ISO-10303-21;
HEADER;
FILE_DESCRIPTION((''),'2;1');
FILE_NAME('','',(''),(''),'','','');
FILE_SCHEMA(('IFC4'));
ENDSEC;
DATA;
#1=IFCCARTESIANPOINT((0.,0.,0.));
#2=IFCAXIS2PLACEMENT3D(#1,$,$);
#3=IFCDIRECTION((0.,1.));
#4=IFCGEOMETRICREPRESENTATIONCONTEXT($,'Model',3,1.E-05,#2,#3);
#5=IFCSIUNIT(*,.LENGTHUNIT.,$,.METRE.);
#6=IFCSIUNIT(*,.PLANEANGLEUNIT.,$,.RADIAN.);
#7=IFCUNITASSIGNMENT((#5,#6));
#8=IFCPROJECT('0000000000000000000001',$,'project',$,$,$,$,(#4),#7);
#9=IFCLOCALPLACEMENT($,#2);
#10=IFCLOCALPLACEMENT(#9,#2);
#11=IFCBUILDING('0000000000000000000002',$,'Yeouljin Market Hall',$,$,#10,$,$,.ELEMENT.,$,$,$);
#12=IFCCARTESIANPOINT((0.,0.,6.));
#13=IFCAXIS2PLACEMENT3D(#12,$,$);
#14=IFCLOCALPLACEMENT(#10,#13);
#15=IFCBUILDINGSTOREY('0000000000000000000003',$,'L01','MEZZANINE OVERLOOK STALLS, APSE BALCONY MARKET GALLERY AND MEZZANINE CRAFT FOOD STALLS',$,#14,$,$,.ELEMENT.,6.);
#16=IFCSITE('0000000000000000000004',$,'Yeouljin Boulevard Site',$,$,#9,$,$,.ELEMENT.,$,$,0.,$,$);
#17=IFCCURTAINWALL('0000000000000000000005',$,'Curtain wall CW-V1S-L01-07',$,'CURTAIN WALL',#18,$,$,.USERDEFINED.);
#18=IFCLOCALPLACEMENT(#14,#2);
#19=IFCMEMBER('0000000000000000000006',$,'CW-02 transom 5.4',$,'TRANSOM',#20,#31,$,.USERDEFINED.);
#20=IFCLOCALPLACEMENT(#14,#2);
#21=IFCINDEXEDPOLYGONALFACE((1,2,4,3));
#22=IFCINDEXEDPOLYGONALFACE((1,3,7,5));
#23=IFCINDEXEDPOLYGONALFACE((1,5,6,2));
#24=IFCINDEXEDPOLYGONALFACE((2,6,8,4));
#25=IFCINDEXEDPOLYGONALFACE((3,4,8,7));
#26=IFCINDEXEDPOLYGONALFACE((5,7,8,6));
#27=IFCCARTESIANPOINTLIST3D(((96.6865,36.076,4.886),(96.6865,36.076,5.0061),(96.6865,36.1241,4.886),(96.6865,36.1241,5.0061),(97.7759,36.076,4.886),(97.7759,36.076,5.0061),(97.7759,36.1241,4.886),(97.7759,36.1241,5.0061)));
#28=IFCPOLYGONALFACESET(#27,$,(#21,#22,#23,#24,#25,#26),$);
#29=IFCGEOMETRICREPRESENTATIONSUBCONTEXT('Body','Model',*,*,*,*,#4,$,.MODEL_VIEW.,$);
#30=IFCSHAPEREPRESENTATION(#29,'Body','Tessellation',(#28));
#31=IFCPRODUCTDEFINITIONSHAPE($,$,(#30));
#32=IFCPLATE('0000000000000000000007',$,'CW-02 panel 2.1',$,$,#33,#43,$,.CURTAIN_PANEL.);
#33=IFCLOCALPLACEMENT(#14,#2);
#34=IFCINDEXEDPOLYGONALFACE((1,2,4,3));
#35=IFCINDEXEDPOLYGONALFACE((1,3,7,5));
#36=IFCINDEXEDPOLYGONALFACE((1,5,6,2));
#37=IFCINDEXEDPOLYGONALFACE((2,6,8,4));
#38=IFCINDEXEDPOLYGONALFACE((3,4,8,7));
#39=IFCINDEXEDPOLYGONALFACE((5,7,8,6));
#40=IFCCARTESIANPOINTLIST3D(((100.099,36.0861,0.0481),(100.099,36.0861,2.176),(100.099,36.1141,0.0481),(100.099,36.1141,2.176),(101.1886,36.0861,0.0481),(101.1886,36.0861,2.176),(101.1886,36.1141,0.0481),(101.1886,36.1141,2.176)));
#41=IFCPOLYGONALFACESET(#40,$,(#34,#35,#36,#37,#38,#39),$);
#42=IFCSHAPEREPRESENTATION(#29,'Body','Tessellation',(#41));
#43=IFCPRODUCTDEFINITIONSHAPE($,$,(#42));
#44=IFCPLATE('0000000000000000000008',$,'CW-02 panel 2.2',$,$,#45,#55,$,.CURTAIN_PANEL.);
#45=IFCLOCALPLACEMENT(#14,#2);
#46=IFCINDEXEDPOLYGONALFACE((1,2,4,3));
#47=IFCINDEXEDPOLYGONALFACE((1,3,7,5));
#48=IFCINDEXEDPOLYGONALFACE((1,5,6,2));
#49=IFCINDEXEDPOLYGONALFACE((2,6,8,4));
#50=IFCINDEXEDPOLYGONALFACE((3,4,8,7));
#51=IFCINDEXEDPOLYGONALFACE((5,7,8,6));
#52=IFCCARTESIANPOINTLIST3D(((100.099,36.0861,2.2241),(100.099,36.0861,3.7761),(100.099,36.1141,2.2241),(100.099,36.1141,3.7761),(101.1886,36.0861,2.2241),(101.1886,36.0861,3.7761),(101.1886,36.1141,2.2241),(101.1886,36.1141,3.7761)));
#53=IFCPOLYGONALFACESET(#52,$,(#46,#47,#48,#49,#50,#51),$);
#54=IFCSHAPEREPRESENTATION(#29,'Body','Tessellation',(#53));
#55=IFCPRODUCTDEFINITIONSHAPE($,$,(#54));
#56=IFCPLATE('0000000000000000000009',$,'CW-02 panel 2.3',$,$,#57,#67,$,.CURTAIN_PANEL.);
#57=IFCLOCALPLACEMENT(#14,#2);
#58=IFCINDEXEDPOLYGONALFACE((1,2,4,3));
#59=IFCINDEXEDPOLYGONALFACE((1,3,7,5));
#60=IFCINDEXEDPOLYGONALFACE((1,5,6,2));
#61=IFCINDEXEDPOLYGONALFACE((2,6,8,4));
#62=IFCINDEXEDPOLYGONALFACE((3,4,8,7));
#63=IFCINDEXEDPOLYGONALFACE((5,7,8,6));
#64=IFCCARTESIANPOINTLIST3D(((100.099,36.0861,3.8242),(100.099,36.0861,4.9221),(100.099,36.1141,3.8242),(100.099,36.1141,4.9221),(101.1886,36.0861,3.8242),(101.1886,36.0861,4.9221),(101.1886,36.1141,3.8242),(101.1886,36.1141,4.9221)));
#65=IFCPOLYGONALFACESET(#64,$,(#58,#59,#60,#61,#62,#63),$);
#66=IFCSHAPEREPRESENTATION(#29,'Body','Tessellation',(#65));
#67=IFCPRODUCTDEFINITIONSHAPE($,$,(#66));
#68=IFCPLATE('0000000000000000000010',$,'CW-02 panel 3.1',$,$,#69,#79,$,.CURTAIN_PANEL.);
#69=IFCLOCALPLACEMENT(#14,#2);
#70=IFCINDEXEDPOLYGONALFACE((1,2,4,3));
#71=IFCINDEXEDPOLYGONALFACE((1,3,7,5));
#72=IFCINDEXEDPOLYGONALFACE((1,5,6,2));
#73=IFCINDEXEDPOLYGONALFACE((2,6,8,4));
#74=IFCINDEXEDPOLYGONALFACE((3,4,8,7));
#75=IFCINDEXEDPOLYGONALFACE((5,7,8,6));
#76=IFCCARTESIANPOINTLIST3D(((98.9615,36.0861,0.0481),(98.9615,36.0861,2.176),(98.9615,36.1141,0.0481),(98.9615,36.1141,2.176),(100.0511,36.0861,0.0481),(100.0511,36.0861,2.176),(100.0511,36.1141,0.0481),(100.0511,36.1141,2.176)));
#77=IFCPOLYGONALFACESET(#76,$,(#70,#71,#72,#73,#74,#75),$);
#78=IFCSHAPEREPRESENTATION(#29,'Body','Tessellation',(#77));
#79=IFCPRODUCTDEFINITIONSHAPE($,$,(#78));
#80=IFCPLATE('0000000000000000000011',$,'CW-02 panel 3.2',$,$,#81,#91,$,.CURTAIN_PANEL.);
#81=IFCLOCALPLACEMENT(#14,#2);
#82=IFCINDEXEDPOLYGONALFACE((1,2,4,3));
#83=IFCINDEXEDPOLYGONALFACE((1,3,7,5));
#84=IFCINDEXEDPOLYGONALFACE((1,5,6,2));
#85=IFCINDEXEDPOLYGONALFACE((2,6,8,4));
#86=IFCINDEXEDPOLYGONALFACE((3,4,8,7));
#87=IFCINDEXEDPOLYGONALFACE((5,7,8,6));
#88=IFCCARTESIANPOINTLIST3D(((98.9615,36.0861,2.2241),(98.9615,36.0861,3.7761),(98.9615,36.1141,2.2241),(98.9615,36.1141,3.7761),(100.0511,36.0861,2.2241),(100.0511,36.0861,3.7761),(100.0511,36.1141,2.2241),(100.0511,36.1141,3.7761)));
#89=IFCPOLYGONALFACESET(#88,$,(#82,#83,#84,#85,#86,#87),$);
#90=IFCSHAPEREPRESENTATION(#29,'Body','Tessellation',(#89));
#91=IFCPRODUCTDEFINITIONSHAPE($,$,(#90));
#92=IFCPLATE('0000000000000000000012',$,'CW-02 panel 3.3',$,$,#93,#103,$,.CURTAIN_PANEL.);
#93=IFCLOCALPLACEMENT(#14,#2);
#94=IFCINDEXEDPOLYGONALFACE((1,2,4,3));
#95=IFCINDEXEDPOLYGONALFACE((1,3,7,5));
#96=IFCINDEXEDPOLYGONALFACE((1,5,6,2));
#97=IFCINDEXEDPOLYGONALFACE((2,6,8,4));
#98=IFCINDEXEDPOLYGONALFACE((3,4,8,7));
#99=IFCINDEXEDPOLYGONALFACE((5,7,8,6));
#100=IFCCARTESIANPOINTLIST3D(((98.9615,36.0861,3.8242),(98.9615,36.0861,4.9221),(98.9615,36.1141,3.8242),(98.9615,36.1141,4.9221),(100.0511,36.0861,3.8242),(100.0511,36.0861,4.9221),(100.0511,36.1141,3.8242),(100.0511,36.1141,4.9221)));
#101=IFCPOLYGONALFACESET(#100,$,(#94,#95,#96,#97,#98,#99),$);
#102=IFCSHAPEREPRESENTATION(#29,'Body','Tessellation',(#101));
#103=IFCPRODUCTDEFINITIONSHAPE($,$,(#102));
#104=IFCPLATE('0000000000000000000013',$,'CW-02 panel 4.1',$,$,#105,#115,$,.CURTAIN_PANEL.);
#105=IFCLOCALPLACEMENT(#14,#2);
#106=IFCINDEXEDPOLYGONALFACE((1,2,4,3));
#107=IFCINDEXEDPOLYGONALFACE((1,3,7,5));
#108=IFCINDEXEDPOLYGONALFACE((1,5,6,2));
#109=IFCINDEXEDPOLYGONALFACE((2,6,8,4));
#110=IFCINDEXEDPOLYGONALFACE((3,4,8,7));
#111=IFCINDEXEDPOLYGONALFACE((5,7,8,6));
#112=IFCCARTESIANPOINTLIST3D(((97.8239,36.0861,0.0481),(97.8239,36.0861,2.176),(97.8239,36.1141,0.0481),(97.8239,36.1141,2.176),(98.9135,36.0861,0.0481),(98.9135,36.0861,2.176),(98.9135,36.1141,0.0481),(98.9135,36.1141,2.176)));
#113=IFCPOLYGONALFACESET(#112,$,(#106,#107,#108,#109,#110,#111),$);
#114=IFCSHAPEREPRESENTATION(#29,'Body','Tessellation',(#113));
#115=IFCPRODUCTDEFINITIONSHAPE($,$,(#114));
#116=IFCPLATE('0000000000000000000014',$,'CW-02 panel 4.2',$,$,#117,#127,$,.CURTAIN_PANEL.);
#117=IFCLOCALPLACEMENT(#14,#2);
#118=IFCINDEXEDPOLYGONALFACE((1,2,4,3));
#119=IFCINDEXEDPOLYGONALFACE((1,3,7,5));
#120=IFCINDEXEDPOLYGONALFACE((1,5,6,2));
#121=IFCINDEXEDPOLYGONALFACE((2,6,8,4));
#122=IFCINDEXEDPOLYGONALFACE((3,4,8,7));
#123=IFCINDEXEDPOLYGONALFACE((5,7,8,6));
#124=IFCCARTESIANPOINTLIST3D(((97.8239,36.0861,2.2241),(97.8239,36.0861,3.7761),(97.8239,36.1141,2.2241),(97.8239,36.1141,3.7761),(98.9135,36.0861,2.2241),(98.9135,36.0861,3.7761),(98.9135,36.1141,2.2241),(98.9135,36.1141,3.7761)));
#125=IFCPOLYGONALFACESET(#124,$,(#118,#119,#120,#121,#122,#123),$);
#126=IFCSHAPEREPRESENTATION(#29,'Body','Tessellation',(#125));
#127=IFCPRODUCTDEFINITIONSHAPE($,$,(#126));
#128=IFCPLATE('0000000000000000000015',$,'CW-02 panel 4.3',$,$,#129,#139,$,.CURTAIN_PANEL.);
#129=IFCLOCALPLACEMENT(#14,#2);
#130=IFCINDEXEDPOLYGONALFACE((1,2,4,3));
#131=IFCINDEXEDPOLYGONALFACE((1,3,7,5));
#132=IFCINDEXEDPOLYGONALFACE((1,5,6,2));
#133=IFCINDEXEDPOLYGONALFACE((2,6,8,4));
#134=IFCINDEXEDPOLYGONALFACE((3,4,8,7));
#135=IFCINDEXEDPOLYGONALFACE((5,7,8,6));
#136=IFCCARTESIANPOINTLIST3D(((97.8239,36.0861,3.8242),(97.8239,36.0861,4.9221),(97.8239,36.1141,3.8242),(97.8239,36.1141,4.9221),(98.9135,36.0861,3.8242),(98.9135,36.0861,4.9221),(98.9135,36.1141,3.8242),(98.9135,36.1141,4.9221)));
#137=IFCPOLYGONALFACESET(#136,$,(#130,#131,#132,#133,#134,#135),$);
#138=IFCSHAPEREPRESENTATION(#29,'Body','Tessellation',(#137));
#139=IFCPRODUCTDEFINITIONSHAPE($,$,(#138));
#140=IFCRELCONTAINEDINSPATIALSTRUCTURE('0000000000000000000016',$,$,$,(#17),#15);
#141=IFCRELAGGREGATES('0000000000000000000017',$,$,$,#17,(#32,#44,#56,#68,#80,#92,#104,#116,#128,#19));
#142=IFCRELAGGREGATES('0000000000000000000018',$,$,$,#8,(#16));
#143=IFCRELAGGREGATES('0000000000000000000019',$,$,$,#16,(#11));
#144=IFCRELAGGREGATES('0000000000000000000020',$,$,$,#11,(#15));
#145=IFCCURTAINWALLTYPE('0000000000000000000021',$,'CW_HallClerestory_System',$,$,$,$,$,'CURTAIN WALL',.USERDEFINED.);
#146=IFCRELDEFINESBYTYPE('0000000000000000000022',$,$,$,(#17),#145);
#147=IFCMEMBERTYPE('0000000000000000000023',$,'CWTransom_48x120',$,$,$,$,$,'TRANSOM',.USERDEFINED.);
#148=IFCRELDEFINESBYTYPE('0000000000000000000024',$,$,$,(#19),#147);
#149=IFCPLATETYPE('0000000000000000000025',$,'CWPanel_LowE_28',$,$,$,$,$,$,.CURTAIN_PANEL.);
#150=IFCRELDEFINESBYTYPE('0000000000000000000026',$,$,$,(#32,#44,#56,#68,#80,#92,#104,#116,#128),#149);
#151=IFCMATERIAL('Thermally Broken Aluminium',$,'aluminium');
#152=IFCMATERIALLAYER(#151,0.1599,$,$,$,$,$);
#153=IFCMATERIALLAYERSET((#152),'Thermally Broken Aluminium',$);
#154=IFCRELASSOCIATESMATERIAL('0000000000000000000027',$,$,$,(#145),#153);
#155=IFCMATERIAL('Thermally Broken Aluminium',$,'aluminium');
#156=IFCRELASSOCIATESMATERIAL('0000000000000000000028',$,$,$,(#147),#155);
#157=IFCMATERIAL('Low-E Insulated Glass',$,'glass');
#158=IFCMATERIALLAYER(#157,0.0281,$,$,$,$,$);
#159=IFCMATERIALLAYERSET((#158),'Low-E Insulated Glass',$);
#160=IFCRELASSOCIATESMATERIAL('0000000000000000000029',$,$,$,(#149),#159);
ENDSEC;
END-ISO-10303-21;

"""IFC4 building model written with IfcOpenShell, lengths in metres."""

from ifc_helpers import new_model, si_unit, direction, frame, origin, origin_2d, place, context, subcontext, project, spatial, rectangle, extrude, material, layer, layer_set, material_profile, profile_set, type_object, element, aggregate, save


model = new_model("IFC4")

# Units and contexts
model_context = context("Model", 3, precision=1e-05, world=origin(), true_north=direction((0.0, 1.0)))
body_context = subcontext(model_context, "Body", "Model", "MODEL_VIEW")
ifc_project = project(units=[si_unit("LENGTHUNIT", "METRE"), si_unit("PLANEANGLEUNIT", "RADIAN")], contexts=[model_context])

# Site, building, storey
site_placement = place(None, origin())
site = spatial("IfcSite", under=ifc_project, at=site_placement, Name="Yeouljin Boulevard Site", CompositionType="ELEMENT", RefElevation=0.0)
building_placement = place(site_placement, origin())
building = spatial("IfcBuilding", under=site, at=building_placement, Name="Yeouljin Market Hall", CompositionType="ELEMENT")
storey_placement = place(building_placement, frame((0.0, 0.0, 6.0)))
storey = spatial("IfcBuildingStorey", under=building, at=storey_placement, Name="L01", Description="MEZZANINE OVERLOOK STALLS, APSE BALCONY MARKET GALLERY AND MEZZANINE CRAFT FOOD STALLS", CompositionType="ELEMENT", Elevation=6.0)

# Curtain wall, member, plates
ifc_material_1 = material(Name="Thermally Broken Aluminium", Category="aluminium")
ifc_layer_1 = layer(ifc_material_1, 0.1599)
ifc_layer_set_1 = layer_set([ifc_layer_1], Name="Thermally Broken Aluminium")
curtain_wall_type = type_object("IfcCurtainWallType", Name="CW_HallClerestory_System", ElementType="CURTAIN WALL", PredefinedType="USERDEFINED", material=ifc_layer_set_1)
curtain_wall_placement = place(storey_placement, origin())
curtain_wall = element("IfcCurtainWall", 1, at=curtain_wall_placement, inside=storey, type_object=curtain_wall_type, Name="Curtain wall CW-V1S-L01-07", ObjectType="CURTAIN WALL", PredefinedType="USERDEFINED")
ifc_material_2 = material(Name="Thermally Broken Aluminium", Category="aluminium")
ifc_material_profile_1 = material_profile(ifc_material_2, rectangle(XDim=0.0481, YDim=0.1201, at=origin_2d()), Name="CW-TRAN-48x120")
ifc_profile_set_1 = profile_set([ifc_material_profile_1], Name="Thermally Broken Aluminium")
member_type_1 = type_object("IfcMemberType", Name="CWTransom_48x120", ElementType="TRANSOM", PredefinedType="USERDEFINED", material=ifc_profile_set_1)
member_1_placement = place(storey_placement, frame((97.7759, 36.1001, 4.946), z_axis=(-1.0, 0.0, 0.0), x_axis=(0.0, -1.0, 0.0)))
member_1 = element("IfcMember", 2, at=member_1_placement, type_object=member_type_1, Name="CW-02 transom 5.4", ObjectType="TRANSOM", PredefinedType="USERDEFINED", context=body_context, shape_type="SweptSolid", body=[
    extrude(rectangle(XDim=0.0481, YDim=0.1201, at=origin_2d()), origin(), (0.0, 0.0, 1.0), 1.0894),
])
ifc_material_3 = material(Name="Low-E Insulated Glass", Category="glass")
ifc_layer_2 = layer(ifc_material_3, 0.0281)
ifc_layer_set_2 = layer_set([ifc_layer_2], Name="Low-E Insulated Glass")
plate_type = type_object("IfcPlateType", Name="CWPanel_LowE_28", PredefinedType="CURTAIN_PANEL", material=ifc_layer_set_2)
plate_1_placement = place(storey_placement, frame((100.6438, 36.1001, 0.0481), z_axis=(0.0, 0.0, 1.0), x_axis=(-1.0, 0.0, 0.0)))
plate_1 = element("IfcPlate", 3, at=plate_1_placement, type_object=plate_type, Name="CW-02 panel 2.1", PredefinedType="CURTAIN_PANEL", context=body_context, shape_type="SweptSolid", body=[
    extrude(rectangle(XDim=1.0896, YDim=0.0281, at=origin_2d()), origin(), (0.0, 0.0, 1.0), 2.1279),
])
plate_2_placement = place(storey_placement, frame((100.6438, 36.1001, 2.2241), z_axis=(0.0, 0.0, 1.0), x_axis=(-1.0, 0.0, 0.0)))
plate_2 = element("IfcPlate", 4, at=plate_2_placement, type_object=plate_type, Name="CW-02 panel 2.2", PredefinedType="CURTAIN_PANEL", context=body_context, shape_type="SweptSolid", body=[
    extrude(rectangle(XDim=1.0896, YDim=0.0281, at=origin_2d()), origin(), (0.0, 0.0, 1.0), 1.552),
])
plate_3_placement = place(storey_placement, frame((100.6438, 36.1001, 3.8242), z_axis=(0.0, 0.0, 1.0), x_axis=(-1.0, 0.0, 0.0)))
plate_3 = element("IfcPlate", 5, at=plate_3_placement, type_object=plate_type, Name="CW-02 panel 2.3", PredefinedType="CURTAIN_PANEL", context=body_context, shape_type="SweptSolid", body=[
    extrude(rectangle(XDim=1.0896, YDim=0.0281, at=origin_2d()), origin(), (0.0, 0.0, 1.0), 1.0979),
])
plate_4_placement = place(storey_placement, frame((99.5063, 36.1001, 0.0481), z_axis=(0.0, 0.0, 1.0), x_axis=(-1.0, 0.0, 0.0)))
plate_4 = element("IfcPlate", 6, at=plate_4_placement, type_object=plate_type, Name="CW-02 panel 3.1", PredefinedType="CURTAIN_PANEL", context=body_context, shape_type="SweptSolid", body=[
    extrude(rectangle(XDim=1.0896, YDim=0.0281, at=origin_2d()), origin(), (0.0, 0.0, 1.0), 2.1279),
])
plate_5_placement = place(storey_placement, frame((99.5063, 36.1001, 2.2241), z_axis=(0.0, 0.0, 1.0), x_axis=(-1.0, 0.0, 0.0)))
plate_5 = element("IfcPlate", 7, at=plate_5_placement, type_object=plate_type, Name="CW-02 panel 3.2", PredefinedType="CURTAIN_PANEL", context=body_context, shape_type="SweptSolid", body=[
    extrude(rectangle(XDim=1.0896, YDim=0.0281, at=origin_2d()), origin(), (0.0, 0.0, 1.0), 1.552),
])
plate_6_placement = place(storey_placement, frame((99.5063, 36.1001, 3.8242), z_axis=(0.0, 0.0, 1.0), x_axis=(-1.0, 0.0, 0.0)))
plate_6 = element("IfcPlate", 8, at=plate_6_placement, type_object=plate_type, Name="CW-02 panel 3.3", PredefinedType="CURTAIN_PANEL", context=body_context, shape_type="SweptSolid", body=[
    extrude(rectangle(XDim=1.0896, YDim=0.0281, at=origin_2d()), origin(), (0.0, 0.0, 1.0), 1.0979),
])
plate_7_placement = place(storey_placement, frame((98.3687, 36.1001, 0.0481), z_axis=(0.0, 0.0, 1.0), x_axis=(-1.0, 0.0, 0.0)))
plate_7 = element("IfcPlate", 9, at=plate_7_placement, type_object=plate_type, Name="CW-02 panel 4.1", PredefinedType="CURTAIN_PANEL", context=body_context, shape_type="SweptSolid", body=[
    extrude(rectangle(XDim=1.0896, YDim=0.0281, at=origin_2d()), origin(), (0.0, 0.0, 1.0), 2.1279),
])
plate_8_placement = place(storey_placement, frame((98.3687, 36.1001, 2.2241), z_axis=(0.0, 0.0, 1.0), x_axis=(-1.0, 0.0, 0.0)))
plate_8 = element("IfcPlate", 10, at=plate_8_placement, type_object=plate_type, Name="CW-02 panel 4.2", PredefinedType="CURTAIN_PANEL", context=body_context, shape_type="SweptSolid", body=[
    extrude(rectangle(XDim=1.0896, YDim=0.0281, at=origin_2d()), origin(), (0.0, 0.0, 1.0), 1.552),
])
plate_9_placement = place(storey_placement, frame((98.3687, 36.1001, 3.8242), z_axis=(0.0, 0.0, 1.0), x_axis=(-1.0, 0.0, 0.0)))
plate_9 = element("IfcPlate", 11, at=plate_9_placement, type_object=plate_type, Name="CW-02 panel 4.3", PredefinedType="CURTAIN_PANEL", context=body_context, shape_type="SweptSolid", body=[
    extrude(rectangle(XDim=1.0896, YDim=0.0281, at=origin_2d()), origin(), (0.0, 0.0, 1.0), 1.0979),
])
aggregate(curtain_wall, [plate_1, plate_2, plate_3, plate_4, plate_5, plate_6, plate_7, plate_8, plate_9, member_1])

save(model, "model.ifc")
